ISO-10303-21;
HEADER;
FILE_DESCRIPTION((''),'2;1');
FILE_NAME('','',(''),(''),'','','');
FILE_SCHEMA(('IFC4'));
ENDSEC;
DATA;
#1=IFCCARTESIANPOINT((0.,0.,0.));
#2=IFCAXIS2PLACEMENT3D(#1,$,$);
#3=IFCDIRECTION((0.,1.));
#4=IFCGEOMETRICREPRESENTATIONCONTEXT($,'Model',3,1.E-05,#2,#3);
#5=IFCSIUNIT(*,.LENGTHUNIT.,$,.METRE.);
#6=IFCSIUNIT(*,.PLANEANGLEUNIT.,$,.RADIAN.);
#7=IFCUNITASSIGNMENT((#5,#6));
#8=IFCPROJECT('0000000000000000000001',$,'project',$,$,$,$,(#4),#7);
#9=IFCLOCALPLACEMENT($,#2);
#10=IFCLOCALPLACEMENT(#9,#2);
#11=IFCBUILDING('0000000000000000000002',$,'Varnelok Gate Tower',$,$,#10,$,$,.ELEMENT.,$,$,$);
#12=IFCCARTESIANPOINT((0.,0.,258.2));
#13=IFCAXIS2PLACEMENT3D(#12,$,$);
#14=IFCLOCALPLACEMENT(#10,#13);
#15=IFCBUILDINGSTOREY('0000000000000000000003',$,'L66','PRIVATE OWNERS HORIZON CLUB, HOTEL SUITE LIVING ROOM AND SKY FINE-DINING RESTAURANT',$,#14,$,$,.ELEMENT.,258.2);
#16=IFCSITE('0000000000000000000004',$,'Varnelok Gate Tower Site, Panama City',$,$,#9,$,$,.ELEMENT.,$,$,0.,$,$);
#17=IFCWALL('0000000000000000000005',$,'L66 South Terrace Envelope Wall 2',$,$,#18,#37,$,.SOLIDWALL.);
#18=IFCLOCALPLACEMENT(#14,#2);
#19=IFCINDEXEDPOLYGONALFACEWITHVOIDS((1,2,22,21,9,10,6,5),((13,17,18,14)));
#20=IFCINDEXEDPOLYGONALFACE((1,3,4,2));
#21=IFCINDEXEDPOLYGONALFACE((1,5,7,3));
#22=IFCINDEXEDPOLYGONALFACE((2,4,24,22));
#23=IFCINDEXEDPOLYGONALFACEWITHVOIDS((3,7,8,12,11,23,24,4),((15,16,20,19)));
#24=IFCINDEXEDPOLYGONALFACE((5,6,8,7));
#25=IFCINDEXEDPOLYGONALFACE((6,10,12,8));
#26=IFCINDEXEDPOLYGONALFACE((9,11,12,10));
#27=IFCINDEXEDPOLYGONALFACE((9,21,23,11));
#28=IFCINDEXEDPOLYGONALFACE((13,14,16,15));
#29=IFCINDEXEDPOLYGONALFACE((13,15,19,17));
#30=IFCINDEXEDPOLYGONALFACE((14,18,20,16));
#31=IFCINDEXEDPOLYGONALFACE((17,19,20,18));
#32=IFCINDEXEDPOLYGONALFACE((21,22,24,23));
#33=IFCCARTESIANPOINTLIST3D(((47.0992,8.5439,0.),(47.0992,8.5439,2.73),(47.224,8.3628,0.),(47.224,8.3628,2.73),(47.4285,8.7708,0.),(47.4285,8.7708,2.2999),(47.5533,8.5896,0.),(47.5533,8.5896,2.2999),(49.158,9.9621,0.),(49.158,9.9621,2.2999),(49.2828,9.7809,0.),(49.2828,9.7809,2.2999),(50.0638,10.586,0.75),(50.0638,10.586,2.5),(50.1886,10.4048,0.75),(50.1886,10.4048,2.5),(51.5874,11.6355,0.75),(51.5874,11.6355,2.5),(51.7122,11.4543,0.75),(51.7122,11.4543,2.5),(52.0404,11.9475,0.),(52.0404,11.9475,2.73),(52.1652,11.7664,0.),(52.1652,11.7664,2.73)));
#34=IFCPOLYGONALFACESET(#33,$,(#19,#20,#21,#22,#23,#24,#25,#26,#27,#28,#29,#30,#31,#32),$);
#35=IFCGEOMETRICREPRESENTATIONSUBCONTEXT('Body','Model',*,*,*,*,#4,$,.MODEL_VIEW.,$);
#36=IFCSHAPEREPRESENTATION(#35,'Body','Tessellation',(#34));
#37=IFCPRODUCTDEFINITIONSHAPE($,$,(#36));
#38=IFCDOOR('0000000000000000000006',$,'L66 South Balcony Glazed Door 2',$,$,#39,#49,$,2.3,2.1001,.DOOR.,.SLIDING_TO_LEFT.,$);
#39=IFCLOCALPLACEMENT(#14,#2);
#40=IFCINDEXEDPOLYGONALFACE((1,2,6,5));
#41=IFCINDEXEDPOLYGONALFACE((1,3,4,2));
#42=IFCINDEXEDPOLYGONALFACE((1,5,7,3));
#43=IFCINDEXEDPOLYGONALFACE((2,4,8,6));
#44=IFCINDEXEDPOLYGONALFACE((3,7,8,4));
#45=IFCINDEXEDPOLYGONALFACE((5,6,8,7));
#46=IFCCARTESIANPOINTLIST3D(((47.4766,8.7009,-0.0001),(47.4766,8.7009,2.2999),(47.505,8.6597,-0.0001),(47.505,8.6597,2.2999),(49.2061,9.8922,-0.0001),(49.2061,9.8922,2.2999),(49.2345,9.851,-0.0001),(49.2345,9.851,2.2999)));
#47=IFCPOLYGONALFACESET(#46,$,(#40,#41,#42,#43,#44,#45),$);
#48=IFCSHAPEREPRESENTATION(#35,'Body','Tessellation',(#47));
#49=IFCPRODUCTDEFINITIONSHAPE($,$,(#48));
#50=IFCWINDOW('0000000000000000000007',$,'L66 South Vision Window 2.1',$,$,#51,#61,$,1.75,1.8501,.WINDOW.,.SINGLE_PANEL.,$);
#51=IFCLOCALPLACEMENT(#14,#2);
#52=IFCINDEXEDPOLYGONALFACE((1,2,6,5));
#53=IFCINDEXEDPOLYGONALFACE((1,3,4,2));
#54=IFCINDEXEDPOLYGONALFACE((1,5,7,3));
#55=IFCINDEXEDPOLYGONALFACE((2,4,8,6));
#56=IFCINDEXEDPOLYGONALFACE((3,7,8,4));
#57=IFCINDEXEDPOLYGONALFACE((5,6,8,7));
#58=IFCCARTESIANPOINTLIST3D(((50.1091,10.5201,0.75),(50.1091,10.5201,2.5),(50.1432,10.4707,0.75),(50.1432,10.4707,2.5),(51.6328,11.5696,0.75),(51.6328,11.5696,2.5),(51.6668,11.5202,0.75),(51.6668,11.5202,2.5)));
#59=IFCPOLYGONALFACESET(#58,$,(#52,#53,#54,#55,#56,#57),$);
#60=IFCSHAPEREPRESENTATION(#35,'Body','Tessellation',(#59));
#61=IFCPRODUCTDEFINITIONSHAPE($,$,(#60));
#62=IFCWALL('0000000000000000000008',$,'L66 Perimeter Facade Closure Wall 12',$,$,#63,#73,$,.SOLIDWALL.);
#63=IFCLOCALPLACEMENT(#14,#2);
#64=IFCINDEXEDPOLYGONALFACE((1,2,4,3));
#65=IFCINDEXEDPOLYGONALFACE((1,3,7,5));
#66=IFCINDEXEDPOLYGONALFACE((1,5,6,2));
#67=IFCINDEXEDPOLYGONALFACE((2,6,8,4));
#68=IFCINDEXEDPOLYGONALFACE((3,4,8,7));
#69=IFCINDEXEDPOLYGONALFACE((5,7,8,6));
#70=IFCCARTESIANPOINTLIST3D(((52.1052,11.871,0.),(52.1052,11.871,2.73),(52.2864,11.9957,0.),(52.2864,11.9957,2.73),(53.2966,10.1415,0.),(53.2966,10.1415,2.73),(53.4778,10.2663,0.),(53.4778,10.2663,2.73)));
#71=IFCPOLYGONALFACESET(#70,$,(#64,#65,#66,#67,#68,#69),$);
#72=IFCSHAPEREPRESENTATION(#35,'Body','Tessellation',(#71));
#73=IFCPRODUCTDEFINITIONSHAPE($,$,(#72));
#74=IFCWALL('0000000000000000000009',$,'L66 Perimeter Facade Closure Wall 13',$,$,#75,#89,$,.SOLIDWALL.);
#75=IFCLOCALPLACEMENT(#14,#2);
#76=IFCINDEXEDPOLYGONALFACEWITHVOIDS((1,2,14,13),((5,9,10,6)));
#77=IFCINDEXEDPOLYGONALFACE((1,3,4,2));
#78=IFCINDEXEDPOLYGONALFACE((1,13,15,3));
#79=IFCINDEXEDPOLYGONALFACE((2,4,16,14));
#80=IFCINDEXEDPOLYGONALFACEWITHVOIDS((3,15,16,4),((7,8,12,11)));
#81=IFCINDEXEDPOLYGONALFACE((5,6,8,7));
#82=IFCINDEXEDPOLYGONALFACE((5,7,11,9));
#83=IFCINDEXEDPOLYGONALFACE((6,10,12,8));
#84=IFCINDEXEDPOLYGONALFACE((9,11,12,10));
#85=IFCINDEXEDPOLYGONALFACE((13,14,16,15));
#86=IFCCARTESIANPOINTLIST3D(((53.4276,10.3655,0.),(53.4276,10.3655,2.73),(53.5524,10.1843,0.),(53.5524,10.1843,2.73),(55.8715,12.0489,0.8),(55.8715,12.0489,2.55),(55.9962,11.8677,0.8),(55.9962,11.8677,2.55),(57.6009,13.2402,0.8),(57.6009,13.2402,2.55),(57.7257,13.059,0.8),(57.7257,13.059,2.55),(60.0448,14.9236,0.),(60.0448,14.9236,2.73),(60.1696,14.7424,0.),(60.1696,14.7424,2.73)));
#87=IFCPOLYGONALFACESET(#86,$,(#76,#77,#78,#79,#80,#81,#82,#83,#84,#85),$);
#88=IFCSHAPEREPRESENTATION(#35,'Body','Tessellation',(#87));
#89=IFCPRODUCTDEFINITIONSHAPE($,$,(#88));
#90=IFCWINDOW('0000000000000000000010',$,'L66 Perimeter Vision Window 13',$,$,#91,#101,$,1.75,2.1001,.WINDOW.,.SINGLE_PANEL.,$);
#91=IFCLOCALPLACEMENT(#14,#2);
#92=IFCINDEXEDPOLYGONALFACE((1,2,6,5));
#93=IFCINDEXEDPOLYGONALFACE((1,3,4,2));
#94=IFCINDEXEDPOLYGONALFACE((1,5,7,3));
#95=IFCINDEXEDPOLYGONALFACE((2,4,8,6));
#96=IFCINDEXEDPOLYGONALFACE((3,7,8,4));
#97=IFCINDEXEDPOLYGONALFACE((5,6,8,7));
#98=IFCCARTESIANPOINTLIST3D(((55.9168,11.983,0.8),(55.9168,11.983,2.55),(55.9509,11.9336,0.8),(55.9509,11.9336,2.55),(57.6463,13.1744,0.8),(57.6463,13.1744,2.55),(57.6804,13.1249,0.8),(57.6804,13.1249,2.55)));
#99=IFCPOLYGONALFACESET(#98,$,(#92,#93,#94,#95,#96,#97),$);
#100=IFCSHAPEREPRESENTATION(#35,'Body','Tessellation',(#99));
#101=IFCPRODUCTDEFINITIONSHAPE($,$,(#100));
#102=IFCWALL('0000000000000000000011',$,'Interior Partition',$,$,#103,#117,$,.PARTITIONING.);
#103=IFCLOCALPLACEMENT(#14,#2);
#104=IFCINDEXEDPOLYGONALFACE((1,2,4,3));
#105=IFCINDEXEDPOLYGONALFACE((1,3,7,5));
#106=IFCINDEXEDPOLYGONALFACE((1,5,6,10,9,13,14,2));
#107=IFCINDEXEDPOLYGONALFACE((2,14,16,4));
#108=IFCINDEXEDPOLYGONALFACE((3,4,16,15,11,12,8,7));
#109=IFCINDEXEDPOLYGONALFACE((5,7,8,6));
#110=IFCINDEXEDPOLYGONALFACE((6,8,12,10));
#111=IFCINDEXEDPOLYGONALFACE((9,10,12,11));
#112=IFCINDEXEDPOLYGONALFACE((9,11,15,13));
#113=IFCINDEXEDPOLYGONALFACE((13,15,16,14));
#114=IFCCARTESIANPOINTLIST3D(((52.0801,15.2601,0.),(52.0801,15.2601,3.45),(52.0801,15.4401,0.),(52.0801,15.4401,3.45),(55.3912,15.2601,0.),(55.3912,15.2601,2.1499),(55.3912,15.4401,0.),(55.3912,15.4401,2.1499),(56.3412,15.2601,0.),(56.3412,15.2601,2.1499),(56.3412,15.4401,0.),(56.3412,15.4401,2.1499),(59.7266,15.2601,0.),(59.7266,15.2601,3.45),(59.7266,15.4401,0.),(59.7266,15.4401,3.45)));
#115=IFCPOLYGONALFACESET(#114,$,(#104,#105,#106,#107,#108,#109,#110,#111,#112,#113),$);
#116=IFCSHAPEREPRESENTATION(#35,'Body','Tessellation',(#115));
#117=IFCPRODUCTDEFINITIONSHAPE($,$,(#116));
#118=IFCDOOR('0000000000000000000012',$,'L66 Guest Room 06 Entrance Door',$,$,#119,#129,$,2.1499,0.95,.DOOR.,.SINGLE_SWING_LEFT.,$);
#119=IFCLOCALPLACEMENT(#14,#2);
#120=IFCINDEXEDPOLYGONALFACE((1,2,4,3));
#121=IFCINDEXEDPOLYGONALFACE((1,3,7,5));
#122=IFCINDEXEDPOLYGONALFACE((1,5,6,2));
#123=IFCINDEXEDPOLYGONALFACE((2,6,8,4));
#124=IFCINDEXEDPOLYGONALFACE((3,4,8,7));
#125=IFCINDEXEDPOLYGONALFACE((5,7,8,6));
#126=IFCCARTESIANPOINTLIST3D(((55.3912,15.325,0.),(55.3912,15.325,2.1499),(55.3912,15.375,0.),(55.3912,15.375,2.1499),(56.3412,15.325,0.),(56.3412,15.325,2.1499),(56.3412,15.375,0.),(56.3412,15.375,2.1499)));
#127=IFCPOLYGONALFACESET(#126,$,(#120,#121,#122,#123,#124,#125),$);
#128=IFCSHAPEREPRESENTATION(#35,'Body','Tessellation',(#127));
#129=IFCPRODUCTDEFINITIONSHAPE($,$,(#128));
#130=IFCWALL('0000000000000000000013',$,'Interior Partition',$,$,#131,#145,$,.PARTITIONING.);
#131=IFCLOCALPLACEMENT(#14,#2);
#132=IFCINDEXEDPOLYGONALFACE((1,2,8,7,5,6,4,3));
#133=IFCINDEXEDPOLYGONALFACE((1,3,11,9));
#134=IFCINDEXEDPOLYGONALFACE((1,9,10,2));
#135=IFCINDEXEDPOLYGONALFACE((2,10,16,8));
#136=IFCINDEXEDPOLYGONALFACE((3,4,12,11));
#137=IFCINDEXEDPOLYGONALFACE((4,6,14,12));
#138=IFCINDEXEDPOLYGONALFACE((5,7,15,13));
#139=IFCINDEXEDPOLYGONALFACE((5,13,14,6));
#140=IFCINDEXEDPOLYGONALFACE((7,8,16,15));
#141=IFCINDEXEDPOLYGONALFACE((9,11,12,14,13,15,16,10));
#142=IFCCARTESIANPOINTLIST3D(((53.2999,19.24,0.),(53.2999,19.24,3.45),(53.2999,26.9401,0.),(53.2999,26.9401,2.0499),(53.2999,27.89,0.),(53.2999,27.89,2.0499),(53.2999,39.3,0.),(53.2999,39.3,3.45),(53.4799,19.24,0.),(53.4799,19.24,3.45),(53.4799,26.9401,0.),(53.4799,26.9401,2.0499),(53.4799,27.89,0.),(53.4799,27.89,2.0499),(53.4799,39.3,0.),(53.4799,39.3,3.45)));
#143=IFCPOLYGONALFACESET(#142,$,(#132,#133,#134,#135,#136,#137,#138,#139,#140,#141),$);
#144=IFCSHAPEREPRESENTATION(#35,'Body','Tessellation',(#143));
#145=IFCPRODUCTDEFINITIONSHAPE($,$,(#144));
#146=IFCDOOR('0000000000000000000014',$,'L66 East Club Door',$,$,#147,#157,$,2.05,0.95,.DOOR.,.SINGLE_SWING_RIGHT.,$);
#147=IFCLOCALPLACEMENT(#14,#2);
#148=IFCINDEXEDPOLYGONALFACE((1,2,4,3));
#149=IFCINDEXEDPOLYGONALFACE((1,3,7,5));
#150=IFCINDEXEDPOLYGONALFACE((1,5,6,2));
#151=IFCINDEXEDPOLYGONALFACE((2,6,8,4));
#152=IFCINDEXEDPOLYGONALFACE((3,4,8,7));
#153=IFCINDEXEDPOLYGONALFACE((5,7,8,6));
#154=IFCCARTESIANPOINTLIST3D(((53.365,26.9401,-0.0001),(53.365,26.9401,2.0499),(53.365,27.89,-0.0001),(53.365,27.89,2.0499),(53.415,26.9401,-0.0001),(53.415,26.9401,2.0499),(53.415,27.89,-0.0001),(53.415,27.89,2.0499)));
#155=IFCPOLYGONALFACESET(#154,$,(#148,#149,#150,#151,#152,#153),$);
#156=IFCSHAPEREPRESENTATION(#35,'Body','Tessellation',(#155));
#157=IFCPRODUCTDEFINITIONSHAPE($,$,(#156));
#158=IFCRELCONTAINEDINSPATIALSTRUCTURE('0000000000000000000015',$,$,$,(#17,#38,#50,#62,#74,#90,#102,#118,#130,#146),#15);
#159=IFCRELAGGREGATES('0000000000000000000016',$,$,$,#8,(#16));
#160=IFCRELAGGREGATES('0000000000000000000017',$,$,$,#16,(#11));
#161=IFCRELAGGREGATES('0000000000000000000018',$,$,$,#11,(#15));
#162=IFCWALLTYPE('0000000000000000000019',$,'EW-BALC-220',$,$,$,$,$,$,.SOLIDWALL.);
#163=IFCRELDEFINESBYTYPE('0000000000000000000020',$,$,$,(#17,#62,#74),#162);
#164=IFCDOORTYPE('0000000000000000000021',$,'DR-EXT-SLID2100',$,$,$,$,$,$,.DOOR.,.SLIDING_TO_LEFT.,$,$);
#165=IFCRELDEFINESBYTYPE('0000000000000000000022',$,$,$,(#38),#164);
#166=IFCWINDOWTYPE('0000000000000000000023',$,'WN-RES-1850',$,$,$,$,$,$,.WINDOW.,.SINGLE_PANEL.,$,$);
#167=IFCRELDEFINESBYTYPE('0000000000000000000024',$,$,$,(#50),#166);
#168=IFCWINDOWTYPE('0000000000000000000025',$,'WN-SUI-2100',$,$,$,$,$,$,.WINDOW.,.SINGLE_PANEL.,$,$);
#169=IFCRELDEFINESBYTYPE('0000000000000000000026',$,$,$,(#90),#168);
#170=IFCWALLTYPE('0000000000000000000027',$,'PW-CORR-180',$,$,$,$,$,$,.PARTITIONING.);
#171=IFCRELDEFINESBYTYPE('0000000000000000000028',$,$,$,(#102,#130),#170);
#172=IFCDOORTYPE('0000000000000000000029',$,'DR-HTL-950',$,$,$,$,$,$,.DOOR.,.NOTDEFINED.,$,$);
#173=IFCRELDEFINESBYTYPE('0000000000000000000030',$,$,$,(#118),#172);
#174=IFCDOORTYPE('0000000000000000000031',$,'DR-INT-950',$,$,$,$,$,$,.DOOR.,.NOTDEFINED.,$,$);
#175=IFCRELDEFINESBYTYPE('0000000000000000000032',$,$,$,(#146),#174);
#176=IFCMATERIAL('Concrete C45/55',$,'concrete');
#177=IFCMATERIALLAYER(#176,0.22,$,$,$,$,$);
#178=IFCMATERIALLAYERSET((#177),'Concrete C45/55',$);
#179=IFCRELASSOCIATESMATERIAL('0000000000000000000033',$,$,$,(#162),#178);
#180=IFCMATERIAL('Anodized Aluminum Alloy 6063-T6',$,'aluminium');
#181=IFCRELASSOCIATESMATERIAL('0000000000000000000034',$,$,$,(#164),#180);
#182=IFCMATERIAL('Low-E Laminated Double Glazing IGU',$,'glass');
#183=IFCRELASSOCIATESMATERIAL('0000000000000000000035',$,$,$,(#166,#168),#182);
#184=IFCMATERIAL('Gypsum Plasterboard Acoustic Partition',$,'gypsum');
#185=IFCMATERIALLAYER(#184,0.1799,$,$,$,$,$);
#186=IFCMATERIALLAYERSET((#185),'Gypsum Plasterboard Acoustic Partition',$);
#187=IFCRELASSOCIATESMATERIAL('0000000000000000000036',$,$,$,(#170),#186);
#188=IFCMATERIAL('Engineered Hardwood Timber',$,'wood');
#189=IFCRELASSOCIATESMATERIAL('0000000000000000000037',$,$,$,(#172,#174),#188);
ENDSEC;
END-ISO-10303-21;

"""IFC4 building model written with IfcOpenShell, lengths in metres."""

from ifc_helpers import new_model, si_unit, direction, frame, frame_2d, origin, place, context, subcontext, project, spatial, rectangle, extrude, material, layer, layer_set, type_object, element, fill, save


model = new_model("IFC4")

# Units and contexts
model_context = context("Model", 3, precision=1e-05, world=origin(), true_north=direction((0.0, 1.0)))
body_context = subcontext(model_context, "Body", "Model", "MODEL_VIEW")
ifc_project = project(units=[si_unit("LENGTHUNIT", "METRE"), si_unit("PLANEANGLEUNIT", "RADIAN")], contexts=[model_context])

# Site, building, storey
site_placement = place(None, origin())
site = spatial("IfcSite", under=ifc_project, at=site_placement, Name="Varnelok Gate Tower Site, Panama City", CompositionType="ELEMENT", RefElevation=0.0)
building_placement = place(site_placement, origin())
building = spatial("IfcBuilding", under=site, at=building_placement, Name="Varnelok Gate Tower", CompositionType="ELEMENT")
storey_placement = place(building_placement, frame((0.0, 0.0, 258.2)))
storey = spatial("IfcBuildingStorey", under=building, at=storey_placement, Name="L66", Description="PRIVATE OWNERS HORIZON CLUB, HOTEL SUITE LIVING ROOM AND SKY FINE-DINING RESTAURANT", CompositionType="ELEMENT", Elevation=258.2)

# Wall, openings, door, window
ifc_material_1 = material(Name="Concrete C45/55", Category="concrete")
ifc_layer_1 = layer(ifc_material_1, 0.22)
ifc_layer_set_1 = layer_set([ifc_layer_1], Name="Concrete C45/55")
wall_type_1 = type_object("IfcWallType", Name="EW-BALC-220", PredefinedType="SOLIDWALL", material=ifc_layer_set_1)
wall_1_placement = place(storey_placement, frame((52.1028, 11.8569, 0.0), z_axis=(0.0, 0.0, 1.0), x_axis=(-0.823535, -0.567266, 0.0)))
wall_1 = element("IfcWall", 1, at=wall_1_placement, inside=storey, type_object=wall_type_1, Name="L66 South Terrace Envelope Wall 2", PredefinedType="SOLIDWALL", context=body_context, shape_type="SweptSolid", body=[
    extrude(rectangle(XDim=6.0, YDim=0.22, at=frame_2d((3.0, 0.0))), origin(), (0.0, 0.0, 1.0), 2.73),
])
opening_1_placement = place(wall_1_placement, frame((3.5, 0.0, 0.0)))
opening_1 = element("IfcOpeningElement", 2, at=opening_1_placement, cuts=wall_1, PredefinedType="OPENING", context=body_context, shape_type="SweptSolid", body=[
    extrude(rectangle(XDim=2.1001, YDim=2.3, at=frame_2d((1.05, 1.1499))), frame((0.0, 0.1199, 0.0), z_axis=(0.0, -1.0, 0.0), x_axis=(1.0, 0.0, 0.0)), (0.0, 0.0, 1.0), 0.24),
])
opening_2_placement = place(wall_1_placement, frame((0.55, 0.0, 0.75)))
opening_2 = element("IfcOpeningElement", 3, at=opening_2_placement, cuts=wall_1, PredefinedType="OPENING", context=body_context, shape_type="SweptSolid", body=[
    extrude(rectangle(XDim=1.8501, YDim=1.75, at=frame_2d((0.925, 0.875))), frame((0.0, 0.1199, 0.0), z_axis=(0.0, -1.0, 0.0), x_axis=(1.0, 0.0, 0.0)), (0.0, 0.0, 1.0), 0.24),
])
ifc_material_2 = material(Name="Anodized Aluminum Alloy 6063-T6", Category="aluminium")
door_type_1 = type_object("IfcDoorType", Name="DR-EXT-SLID2100", OperationType="SLIDING_TO_LEFT", PredefinedType="DOOR", material=ifc_material_2)
door_1_placement = place(opening_1_placement, origin())
door_1 = element("IfcDoor", 4, at=door_1_placement, inside=storey, type_object=door_type_1, Name="L66 South Balcony Glazed Door 2", OperationType="SLIDING_TO_LEFT", OverallHeight=2.3, OverallWidth=2.1001, PredefinedType="DOOR", context=body_context, shape_type="SweptSolid", body=[
    extrude(rectangle(XDim=2.1001, YDim=2.3, at=frame_2d((1.05, 1.1499))), frame((0.0, 0.0249, 0.0), z_axis=(0.0, -1.0, 0.0), x_axis=(1.0, 0.0, 0.0)), (0.0, 0.0, 1.0), 0.05),
])
fill(opening_1, door_1)
ifc_material_3 = material(Name="Low-E Laminated Double Glazing IGU", Category="glass")
window_type_1 = type_object("IfcWindowType", Name="WN-RES-1850", PartitioningType="SINGLE_PANEL", PredefinedType="WINDOW", material=ifc_material_3)
window_1_placement = place(opening_2_placement, origin())
window_1 = element("IfcWindow", 5, at=window_1_placement, inside=storey, type_object=window_type_1, Name="L66 South Vision Window 2.1", OverallHeight=1.75, OverallWidth=1.8501, PartitioningType="SINGLE_PANEL", PredefinedType="WINDOW", context=body_context, shape_type="SweptSolid", body=[
    extrude(rectangle(XDim=1.8501, YDim=1.75, at=frame_2d((0.925, 0.875))), frame((0.0, 0.03, 0.0), z_axis=(0.0, -1.0, 0.0), x_axis=(1.0, 0.0, 0.0)), (0.0, 0.0, 1.0), 0.0601),
])
fill(opening_2, window_1)

# Wall
wall_2_placement = place(storey_placement, frame((52.1958, 11.9333, 0.0), z_axis=(0.0, 0.0, 1.0), x_axis=(0.567298, -0.823512, 0.0)))
element("IfcWall", 6, at=wall_2_placement, inside=storey, type_object=wall_type_1, Name="L66 Perimeter Facade Closure Wall 12", PredefinedType="SOLIDWALL", context=body_context, shape_type="SweptSolid", body=[
    extrude(rectangle(XDim=2.1001, YDim=0.22, at=frame_2d((1.05, 0.0))), origin(), (0.0, 0.0, 1.0), 2.73),
])

# Wall, opening, window
wall_3_placement = place(storey_placement, frame((53.49, 10.2749, 0.0), z_axis=(0.0, 0.0, 1.0), x_axis=(0.823531, 0.567271, 0.0)))
wall_3 = element("IfcWall", 7, at=wall_3_placement, inside=storey, type_object=wall_type_1, Name="L66 Perimeter Facade Closure Wall 13", PredefinedType="SOLIDWALL", context=body_context, shape_type="SweptSolid", body=[
    extrude(rectangle(XDim=8.0352, YDim=0.22, at=frame_2d((4.0176, 0.0))), origin(), (0.0, 0.0, 1.0), 2.73),
])
opening_3_placement = place(wall_3_placement, frame((2.9675, 0.0, 0.8)))
opening_3 = element("IfcOpeningElement", 8, at=opening_3_placement, cuts=wall_3, PredefinedType="OPENING", context=body_context, shape_type="SweptSolid", body=[
    extrude(rectangle(XDim=2.1001, YDim=1.75, at=frame_2d((1.05, 0.875))), frame((0.0, 0.1199, 0.0), z_axis=(0.0, -1.0, 0.0), x_axis=(1.0, 0.0, 0.0)), (0.0, 0.0, 1.0), 0.24),
])
window_type_2 = type_object("IfcWindowType", Name="WN-SUI-2100", PartitioningType="SINGLE_PANEL", PredefinedType="WINDOW", material=ifc_material_3)
window_2_placement = place(opening_3_placement, origin())
window_2 = element("IfcWindow", 9, at=window_2_placement, inside=storey, type_object=window_type_2, Name="L66 Perimeter Vision Window 13", OverallHeight=1.75, OverallWidth=2.1001, PartitioningType="SINGLE_PANEL", PredefinedType="WINDOW", context=body_context, shape_type="SweptSolid", body=[
    extrude(rectangle(XDim=2.1001, YDim=1.75, at=frame_2d((1.05, 0.875))), frame((0.0, 0.03, 0.0), z_axis=(0.0, -1.0, 0.0), x_axis=(1.0, 0.0, 0.0)), (0.0, 0.0, 1.0), 0.0601),
])
fill(opening_3, window_2)

# Walls, openings, doors
ifc_material_4 = material(Name="Gypsum Plasterboard Acoustic Partition", Category="gypsum")
ifc_layer_2 = layer(ifc_material_4, 0.1799)
ifc_layer_set_2 = layer_set([ifc_layer_2], Name="Gypsum Plasterboard Acoustic Partition")
wall_type_2 = type_object("IfcWallType", Name="PW-CORR-180", PredefinedType="PARTITIONING", material=ifc_layer_set_2)
wall_4_placement = place(storey_placement, frame((52.0801, 15.3501, 0.0), z_axis=(0.0, 0.0, 1.0), x_axis=(1.0, 0.0, 0.0)))
wall_4 = element("IfcWall", 10, at=wall_4_placement, inside=storey, type_object=wall_type_2, Name="Interior Partition", PredefinedType="PARTITIONING", context=body_context, shape_type="SweptSolid", body=[
    extrude(rectangle(XDim=7.6465, YDim=0.1799, at=frame_2d((3.8232, 0.0))), origin(), (0.0, 0.0, 1.0), 3.45),
])
opening_4_placement = place(wall_4_placement, frame((3.311, 0.0, 0.0)))
opening_4 = element("IfcOpeningElement", 11, at=opening_4_placement, cuts=wall_4, PredefinedType="OPENING", context=body_context, shape_type="SweptSolid", body=[
    extrude(rectangle(XDim=0.95, YDim=2.1499, at=frame_2d((0.4751, 1.075))), frame((0.0, 0.0999, 0.0), z_axis=(0.0, -1.0, 0.0), x_axis=(1.0, 0.0, 0.0)), (0.0, 0.0, 1.0), 0.2),
])
ifc_material_5 = material(Name="Engineered Hardwood Timber", Category="wood")
door_type_2 = type_object("IfcDoorType", Name="DR-HTL-950", OperationType="NOTDEFINED", PredefinedType="DOOR", material=ifc_material_5)
door_2_placement = place(opening_4_placement, origin())
door_2 = element("IfcDoor", 12, at=door_2_placement, inside=storey, type_object=door_type_2, Name="L66 Guest Room 06 Entrance Door", OperationType="SINGLE_SWING_LEFT", OverallHeight=2.1499, OverallWidth=0.95, PredefinedType="DOOR", context=body_context, shape_type="SweptSolid", body=[
    extrude(rectangle(XDim=0.95, YDim=2.1499, at=frame_2d((0.4751, 1.075))), frame((0.0, 0.0249, 0.0), z_axis=(0.0, -1.0, 0.0), x_axis=(1.0, 0.0, 0.0)), (0.0, 0.0, 1.0), 0.05),
])
fill(opening_4, door_2)
wall_5_placement = place(storey_placement, frame((53.3899, 19.24, 0.0), z_axis=(0.0, 0.0, 1.0), x_axis=(0.0, 1.0, 0.0)))
wall_5 = element("IfcWall", 13, at=wall_5_placement, inside=storey, type_object=wall_type_2, Name="Interior Partition", PredefinedType="PARTITIONING", context=body_context, shape_type="SweptSolid", body=[
    extrude(rectangle(XDim=20.0601, YDim=0.1799, at=frame_2d((10.03, 0.0))), origin(), (0.0, 0.0, 1.0), 3.45),
])
opening_5_placement = place(wall_5_placement, frame((7.7, 0.0, 0.0)))
opening_5 = element("IfcOpeningElement", 14, at=opening_5_placement, cuts=wall_5, PredefinedType="OPENING", context=body_context, shape_type="SweptSolid", body=[
    extrude(rectangle(XDim=0.95, YDim=2.05, at=frame_2d((0.4751, 1.0249))), frame((0.0, 0.0999, 0.0), z_axis=(0.0, -1.0, 0.0), x_axis=(1.0, 0.0, 0.0)), (0.0, 0.0, 1.0), 0.2),
])
door_type_3 = type_object("IfcDoorType", Name="DR-INT-950", OperationType="NOTDEFINED", PredefinedType="DOOR", material=ifc_material_5)
door_3_placement = place(opening_5_placement, origin())
door_3 = element("IfcDoor", 15, at=door_3_placement, inside=storey, type_object=door_type_3, Name="L66 East Club Door", OperationType="SINGLE_SWING_RIGHT", OverallHeight=2.05, OverallWidth=0.95, PredefinedType="DOOR", context=body_context, shape_type="SweptSolid", body=[
    extrude(rectangle(XDim=0.95, YDim=2.05, at=frame_2d((0.4751, 1.0249))), frame((0.0, 0.0249, 0.0), z_axis=(0.0, -1.0, 0.0), x_axis=(1.0, 0.0, 0.0)), (0.0, 0.0, 1.0), 0.05),
])
fill(opening_5, door_3)

save(model, "model.ifc")
